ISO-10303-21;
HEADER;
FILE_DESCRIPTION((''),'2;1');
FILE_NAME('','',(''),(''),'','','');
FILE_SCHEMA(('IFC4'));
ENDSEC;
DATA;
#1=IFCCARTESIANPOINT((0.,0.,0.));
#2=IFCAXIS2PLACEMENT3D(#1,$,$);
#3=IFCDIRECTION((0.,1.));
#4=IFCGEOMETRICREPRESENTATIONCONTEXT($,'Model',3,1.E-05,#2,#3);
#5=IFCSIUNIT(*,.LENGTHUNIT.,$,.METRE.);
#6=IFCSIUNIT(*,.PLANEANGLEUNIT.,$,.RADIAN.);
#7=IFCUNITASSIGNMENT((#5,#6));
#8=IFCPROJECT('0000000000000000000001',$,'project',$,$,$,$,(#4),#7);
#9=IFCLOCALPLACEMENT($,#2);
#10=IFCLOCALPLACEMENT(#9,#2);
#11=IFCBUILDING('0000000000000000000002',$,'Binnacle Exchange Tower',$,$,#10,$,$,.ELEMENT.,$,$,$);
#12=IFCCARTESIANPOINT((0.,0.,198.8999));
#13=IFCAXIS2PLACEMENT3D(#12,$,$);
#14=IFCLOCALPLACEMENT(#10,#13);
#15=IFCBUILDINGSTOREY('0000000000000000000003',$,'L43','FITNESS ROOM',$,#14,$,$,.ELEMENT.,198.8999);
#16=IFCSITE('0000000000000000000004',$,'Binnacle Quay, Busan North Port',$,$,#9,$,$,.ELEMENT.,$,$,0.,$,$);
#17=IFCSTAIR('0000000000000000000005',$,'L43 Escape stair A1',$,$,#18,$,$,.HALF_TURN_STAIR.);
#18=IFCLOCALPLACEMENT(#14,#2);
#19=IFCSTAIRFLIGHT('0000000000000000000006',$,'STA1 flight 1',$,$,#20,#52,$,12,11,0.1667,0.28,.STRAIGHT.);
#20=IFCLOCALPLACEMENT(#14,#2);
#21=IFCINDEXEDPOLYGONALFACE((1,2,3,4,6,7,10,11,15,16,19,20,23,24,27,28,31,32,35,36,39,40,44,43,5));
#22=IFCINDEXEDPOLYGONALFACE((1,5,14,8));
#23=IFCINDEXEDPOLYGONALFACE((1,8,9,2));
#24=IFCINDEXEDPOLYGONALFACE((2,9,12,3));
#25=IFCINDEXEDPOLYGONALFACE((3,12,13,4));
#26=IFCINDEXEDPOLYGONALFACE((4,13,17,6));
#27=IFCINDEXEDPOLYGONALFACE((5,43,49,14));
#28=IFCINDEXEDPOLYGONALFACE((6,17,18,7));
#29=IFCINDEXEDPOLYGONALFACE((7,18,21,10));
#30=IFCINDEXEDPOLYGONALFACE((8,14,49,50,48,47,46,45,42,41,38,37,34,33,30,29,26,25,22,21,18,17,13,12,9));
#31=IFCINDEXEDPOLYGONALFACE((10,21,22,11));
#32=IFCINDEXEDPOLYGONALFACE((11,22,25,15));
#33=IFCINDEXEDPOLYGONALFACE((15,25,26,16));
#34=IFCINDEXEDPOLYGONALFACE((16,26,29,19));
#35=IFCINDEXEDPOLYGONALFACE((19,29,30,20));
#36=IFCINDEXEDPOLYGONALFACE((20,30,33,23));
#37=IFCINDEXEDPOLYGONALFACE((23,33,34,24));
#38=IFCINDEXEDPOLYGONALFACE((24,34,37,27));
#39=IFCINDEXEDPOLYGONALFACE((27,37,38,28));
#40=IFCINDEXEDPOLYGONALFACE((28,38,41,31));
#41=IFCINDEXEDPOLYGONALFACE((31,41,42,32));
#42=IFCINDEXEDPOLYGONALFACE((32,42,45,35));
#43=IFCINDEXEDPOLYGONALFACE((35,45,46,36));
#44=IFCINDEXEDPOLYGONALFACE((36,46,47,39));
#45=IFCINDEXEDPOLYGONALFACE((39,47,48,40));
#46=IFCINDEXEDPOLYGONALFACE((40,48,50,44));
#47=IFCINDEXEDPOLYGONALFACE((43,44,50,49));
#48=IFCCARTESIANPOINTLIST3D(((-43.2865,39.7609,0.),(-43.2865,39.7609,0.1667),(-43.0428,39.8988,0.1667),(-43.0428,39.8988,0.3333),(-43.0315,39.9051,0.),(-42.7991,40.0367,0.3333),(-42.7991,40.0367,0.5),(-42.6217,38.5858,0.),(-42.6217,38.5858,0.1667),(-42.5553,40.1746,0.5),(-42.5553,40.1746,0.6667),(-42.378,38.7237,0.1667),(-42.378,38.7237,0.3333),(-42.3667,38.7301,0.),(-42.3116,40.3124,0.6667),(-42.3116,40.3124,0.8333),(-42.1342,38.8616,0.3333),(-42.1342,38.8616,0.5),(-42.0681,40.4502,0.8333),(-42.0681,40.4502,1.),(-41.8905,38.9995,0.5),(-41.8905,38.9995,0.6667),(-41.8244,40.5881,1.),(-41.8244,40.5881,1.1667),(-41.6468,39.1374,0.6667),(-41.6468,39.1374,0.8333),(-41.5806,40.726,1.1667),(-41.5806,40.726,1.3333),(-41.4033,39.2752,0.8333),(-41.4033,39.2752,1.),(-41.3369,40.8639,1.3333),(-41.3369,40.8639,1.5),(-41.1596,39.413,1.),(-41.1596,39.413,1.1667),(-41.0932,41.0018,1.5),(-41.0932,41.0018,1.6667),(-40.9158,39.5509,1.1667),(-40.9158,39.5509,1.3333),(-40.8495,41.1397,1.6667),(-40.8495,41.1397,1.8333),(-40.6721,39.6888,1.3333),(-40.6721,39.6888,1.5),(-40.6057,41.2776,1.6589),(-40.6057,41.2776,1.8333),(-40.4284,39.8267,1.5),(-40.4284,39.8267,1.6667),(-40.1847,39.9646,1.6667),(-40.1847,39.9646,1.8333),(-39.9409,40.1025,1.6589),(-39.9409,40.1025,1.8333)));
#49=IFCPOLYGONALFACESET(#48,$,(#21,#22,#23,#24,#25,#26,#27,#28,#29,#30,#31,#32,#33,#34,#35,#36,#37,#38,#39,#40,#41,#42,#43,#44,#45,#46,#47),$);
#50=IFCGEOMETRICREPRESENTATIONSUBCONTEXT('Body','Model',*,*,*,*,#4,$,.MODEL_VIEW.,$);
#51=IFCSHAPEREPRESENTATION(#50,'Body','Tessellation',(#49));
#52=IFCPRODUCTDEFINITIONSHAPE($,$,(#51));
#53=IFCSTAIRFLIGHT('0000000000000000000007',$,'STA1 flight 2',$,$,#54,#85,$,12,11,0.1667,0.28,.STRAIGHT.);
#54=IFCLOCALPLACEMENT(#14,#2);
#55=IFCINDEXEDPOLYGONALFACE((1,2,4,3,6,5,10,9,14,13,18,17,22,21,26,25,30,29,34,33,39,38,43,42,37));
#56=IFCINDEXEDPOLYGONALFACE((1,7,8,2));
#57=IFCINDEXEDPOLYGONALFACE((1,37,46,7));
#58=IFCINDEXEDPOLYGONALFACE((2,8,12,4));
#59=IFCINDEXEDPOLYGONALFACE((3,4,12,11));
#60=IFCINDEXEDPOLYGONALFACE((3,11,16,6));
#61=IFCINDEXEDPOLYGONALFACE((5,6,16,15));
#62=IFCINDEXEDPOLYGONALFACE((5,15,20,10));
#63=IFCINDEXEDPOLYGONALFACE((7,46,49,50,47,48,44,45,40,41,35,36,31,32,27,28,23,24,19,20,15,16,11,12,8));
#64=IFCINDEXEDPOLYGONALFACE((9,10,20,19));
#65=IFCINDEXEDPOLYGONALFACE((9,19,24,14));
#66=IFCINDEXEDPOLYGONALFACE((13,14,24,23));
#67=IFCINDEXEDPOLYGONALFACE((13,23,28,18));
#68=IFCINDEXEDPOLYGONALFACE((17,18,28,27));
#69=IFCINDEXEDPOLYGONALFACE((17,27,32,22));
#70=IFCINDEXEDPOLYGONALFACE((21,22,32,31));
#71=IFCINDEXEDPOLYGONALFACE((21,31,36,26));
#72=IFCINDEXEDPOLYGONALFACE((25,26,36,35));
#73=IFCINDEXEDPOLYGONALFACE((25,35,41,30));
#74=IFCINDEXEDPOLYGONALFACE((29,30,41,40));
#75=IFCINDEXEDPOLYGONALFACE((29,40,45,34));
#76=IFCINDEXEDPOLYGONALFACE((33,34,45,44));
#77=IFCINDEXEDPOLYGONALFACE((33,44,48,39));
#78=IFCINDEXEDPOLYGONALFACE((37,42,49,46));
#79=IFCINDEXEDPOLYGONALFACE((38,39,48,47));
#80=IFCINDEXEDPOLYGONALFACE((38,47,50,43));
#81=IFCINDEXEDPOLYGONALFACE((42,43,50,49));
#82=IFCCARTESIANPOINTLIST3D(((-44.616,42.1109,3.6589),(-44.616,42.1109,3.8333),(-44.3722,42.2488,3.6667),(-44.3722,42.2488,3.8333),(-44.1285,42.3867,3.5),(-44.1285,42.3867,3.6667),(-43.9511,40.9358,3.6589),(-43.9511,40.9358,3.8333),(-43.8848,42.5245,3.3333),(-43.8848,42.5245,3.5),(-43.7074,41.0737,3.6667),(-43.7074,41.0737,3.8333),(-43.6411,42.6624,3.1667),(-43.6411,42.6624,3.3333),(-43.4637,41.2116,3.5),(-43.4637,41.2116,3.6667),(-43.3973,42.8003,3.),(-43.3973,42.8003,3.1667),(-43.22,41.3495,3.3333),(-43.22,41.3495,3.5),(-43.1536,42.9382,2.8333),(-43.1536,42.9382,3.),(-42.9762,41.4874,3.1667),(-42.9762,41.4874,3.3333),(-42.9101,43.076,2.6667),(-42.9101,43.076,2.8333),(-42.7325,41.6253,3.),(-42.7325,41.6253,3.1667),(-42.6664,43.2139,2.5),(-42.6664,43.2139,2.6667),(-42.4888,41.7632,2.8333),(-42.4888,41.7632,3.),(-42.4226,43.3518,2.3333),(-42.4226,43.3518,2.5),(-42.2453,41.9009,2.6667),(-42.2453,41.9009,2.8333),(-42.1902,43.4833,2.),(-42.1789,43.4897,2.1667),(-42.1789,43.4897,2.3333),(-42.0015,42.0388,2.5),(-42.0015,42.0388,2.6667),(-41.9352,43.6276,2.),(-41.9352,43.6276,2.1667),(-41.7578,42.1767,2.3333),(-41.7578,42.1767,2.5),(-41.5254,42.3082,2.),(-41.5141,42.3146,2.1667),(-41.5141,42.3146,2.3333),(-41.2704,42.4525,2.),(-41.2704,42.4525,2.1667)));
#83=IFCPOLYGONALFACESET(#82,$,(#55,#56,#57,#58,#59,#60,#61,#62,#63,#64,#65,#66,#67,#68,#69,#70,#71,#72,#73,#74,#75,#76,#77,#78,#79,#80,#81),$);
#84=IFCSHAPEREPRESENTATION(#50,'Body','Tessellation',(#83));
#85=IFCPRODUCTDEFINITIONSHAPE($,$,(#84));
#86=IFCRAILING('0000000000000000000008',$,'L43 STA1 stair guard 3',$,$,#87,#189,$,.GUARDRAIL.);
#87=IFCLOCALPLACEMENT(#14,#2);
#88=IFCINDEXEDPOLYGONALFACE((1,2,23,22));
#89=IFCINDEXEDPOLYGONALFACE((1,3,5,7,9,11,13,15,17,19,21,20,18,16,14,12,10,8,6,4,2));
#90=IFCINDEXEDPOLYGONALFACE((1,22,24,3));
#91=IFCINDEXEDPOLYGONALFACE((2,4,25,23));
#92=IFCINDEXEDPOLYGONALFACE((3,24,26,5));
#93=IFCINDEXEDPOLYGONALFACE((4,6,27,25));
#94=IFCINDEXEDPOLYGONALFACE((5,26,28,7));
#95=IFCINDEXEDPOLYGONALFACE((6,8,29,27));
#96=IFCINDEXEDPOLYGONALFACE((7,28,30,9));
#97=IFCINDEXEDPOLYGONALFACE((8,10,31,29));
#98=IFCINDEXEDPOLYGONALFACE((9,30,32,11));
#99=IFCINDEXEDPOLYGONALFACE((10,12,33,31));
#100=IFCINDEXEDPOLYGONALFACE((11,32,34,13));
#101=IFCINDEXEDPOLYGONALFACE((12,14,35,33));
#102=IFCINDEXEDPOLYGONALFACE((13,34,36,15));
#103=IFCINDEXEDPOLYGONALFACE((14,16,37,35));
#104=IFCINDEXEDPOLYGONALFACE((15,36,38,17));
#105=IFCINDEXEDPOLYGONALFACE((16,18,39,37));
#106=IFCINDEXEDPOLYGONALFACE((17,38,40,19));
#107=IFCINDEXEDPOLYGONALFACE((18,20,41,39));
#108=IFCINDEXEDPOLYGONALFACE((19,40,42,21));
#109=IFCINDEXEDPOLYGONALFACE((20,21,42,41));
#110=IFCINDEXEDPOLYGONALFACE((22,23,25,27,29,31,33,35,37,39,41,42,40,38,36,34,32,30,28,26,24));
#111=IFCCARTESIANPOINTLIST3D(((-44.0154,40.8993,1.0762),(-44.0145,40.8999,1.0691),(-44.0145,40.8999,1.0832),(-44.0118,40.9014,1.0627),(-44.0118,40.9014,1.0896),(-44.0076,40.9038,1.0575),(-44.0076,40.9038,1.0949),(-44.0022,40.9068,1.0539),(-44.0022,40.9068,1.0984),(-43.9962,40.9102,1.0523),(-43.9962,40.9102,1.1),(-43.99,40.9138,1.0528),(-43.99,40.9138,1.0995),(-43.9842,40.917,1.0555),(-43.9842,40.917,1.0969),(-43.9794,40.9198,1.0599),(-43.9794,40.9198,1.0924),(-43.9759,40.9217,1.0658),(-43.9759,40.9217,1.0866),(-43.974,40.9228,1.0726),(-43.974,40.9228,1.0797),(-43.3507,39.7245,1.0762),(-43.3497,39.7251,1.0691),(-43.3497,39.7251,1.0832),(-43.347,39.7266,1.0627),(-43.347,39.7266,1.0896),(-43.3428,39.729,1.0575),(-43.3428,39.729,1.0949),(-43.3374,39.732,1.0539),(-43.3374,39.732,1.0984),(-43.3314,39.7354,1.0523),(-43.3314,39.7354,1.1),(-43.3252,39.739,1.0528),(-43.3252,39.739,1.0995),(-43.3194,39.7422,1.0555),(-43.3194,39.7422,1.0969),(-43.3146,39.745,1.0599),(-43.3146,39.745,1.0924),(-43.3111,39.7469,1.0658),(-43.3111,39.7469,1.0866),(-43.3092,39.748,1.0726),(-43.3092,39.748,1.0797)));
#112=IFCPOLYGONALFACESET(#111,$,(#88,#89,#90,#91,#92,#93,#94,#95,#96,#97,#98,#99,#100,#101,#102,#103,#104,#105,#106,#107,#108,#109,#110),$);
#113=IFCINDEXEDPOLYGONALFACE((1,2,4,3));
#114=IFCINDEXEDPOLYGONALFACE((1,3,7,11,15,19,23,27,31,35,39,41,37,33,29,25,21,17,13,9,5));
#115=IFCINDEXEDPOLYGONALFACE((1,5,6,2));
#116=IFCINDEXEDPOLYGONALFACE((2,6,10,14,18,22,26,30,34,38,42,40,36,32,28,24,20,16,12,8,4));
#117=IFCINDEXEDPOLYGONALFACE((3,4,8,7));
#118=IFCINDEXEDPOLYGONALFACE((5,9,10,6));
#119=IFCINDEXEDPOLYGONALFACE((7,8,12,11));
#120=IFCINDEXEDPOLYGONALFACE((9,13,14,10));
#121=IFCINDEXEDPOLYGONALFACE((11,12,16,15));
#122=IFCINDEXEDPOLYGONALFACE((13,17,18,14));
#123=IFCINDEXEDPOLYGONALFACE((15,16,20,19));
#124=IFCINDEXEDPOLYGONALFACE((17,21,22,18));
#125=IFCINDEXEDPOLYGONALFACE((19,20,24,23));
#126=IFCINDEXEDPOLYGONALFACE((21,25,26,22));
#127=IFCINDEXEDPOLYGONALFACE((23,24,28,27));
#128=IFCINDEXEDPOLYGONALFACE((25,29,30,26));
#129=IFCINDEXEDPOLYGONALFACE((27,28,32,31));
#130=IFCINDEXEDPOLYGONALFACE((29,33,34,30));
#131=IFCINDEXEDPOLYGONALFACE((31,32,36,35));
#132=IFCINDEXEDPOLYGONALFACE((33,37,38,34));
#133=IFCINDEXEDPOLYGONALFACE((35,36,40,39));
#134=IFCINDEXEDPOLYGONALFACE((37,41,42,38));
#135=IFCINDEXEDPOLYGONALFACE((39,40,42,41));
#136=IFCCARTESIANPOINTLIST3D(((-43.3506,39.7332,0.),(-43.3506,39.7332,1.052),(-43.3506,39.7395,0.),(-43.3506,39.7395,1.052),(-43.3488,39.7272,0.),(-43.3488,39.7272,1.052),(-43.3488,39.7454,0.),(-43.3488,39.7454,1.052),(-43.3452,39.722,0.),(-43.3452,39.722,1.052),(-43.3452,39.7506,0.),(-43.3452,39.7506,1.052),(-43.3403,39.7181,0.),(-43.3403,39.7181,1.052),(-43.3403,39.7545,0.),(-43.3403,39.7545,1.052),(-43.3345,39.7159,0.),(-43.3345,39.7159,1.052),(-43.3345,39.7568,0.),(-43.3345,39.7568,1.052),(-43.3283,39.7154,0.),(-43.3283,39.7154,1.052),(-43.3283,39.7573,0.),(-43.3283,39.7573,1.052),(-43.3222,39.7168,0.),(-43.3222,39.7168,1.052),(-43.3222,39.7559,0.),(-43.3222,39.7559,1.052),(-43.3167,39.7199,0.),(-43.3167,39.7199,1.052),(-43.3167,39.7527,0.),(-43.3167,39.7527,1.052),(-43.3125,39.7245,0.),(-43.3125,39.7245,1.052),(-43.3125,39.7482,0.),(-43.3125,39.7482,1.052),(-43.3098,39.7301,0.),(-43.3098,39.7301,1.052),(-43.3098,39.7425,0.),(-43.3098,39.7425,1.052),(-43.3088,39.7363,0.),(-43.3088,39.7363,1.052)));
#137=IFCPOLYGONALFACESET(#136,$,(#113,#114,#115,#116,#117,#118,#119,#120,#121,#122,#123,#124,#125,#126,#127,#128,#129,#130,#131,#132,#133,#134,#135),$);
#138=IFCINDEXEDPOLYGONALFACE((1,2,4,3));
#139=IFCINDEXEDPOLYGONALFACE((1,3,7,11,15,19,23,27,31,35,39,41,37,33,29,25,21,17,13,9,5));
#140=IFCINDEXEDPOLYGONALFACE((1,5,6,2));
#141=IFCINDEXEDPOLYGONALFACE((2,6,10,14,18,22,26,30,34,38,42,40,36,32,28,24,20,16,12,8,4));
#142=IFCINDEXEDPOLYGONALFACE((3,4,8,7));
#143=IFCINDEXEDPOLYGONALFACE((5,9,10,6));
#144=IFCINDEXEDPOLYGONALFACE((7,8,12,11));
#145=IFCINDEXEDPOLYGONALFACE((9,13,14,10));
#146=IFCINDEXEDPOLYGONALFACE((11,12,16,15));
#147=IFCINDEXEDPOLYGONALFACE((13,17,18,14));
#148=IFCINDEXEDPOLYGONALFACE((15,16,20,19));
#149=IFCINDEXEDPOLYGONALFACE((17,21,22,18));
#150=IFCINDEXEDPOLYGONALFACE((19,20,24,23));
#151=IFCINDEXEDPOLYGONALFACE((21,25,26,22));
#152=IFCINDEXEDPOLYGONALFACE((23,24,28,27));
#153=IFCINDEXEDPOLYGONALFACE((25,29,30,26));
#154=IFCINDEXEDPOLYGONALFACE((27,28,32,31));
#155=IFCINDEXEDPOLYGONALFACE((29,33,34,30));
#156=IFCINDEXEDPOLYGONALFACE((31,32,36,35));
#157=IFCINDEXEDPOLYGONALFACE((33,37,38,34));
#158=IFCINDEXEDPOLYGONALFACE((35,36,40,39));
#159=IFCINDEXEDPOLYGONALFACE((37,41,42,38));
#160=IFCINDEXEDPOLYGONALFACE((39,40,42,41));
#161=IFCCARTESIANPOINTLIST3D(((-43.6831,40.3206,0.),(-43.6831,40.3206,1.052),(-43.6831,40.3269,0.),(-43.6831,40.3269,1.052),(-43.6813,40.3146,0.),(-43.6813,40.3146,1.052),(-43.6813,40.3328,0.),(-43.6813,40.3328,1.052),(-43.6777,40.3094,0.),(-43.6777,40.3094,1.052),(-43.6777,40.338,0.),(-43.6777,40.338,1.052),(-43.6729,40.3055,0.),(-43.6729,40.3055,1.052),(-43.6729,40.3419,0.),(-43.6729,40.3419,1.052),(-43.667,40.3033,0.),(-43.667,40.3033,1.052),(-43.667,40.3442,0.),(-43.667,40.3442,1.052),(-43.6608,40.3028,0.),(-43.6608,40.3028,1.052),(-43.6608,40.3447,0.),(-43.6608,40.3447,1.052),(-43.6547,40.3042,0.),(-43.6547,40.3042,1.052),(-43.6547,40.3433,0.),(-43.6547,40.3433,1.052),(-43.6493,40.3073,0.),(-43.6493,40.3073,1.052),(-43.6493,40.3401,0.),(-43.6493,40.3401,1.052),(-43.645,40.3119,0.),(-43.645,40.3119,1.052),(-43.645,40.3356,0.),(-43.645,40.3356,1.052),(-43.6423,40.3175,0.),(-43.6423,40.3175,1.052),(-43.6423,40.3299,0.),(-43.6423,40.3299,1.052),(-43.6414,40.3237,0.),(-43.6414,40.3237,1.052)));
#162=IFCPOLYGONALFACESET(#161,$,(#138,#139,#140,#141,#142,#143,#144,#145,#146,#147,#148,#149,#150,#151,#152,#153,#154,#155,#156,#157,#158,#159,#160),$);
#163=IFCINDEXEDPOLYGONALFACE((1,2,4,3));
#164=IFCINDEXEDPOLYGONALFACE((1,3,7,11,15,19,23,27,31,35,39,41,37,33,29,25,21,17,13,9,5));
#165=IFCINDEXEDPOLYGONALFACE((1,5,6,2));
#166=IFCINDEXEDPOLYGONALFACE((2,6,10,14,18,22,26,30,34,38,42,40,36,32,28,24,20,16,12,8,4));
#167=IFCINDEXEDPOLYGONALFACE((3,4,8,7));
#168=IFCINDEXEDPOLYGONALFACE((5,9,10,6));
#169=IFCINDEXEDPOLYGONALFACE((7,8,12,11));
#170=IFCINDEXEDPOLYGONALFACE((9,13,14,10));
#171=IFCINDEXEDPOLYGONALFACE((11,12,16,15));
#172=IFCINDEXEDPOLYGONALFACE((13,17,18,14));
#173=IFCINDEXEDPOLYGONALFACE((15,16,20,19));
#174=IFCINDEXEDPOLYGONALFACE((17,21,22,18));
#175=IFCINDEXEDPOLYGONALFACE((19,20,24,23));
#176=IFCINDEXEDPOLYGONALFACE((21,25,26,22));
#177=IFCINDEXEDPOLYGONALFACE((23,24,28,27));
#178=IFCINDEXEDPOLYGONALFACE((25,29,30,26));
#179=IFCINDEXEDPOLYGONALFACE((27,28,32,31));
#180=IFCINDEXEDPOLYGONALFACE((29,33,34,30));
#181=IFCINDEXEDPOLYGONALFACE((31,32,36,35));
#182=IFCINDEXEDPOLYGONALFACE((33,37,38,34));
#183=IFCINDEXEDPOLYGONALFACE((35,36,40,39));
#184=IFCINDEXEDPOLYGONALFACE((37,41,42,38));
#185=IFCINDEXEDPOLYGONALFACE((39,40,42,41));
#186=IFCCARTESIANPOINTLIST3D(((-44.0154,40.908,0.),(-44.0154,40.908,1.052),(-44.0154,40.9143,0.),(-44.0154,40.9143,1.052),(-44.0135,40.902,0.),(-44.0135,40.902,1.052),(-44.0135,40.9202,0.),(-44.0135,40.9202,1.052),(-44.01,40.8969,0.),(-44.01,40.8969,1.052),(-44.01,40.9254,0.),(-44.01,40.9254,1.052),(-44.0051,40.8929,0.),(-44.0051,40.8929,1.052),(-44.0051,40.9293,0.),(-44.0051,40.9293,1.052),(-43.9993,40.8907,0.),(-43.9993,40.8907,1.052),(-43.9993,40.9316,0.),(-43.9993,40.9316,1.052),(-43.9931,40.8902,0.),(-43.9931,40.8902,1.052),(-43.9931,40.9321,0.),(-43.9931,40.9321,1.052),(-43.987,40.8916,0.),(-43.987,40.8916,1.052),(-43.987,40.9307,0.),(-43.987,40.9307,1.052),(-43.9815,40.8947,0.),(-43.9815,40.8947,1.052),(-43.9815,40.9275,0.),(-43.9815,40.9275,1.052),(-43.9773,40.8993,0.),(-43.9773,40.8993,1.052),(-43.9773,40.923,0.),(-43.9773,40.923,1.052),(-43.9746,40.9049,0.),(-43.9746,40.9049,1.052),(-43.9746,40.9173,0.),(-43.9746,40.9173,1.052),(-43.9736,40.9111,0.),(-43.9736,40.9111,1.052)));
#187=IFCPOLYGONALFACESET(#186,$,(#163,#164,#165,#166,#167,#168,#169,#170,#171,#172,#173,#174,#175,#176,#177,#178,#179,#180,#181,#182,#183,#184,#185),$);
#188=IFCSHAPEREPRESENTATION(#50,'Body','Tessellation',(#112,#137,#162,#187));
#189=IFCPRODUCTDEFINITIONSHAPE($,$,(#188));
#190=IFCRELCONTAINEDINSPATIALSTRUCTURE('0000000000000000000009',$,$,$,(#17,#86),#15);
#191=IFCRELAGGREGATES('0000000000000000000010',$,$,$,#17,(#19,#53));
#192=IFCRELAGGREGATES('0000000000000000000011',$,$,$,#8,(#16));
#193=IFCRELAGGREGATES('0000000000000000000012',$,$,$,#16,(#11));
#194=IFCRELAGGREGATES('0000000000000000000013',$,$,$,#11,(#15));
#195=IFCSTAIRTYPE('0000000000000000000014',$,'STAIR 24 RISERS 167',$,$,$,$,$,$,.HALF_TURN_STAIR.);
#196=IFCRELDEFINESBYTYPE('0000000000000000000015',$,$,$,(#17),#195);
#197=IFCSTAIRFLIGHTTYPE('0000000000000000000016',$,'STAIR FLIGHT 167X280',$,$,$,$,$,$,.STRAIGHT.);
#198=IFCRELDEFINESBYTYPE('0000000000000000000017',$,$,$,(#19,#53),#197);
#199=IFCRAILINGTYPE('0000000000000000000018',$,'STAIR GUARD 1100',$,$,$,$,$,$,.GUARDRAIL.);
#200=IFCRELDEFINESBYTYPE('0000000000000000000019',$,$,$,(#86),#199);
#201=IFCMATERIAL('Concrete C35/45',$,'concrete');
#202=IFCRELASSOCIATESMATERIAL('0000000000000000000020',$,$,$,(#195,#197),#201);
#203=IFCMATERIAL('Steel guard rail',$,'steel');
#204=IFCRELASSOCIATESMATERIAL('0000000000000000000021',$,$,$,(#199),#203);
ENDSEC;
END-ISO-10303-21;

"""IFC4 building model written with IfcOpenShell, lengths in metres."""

from ifc_helpers import new_model, si_unit, direction, frame, origin, origin_2d, place, context, subcontext, project, spatial, polyline, circle, outline, extrude, material, type_object, element, aggregate, save


model = new_model("IFC4")

# Units and contexts
model_context = context("Model", 3, precision=1e-05, world=origin(), true_north=direction((0.0, 1.0)))
body_context = subcontext(model_context, "Body", "Model", "MODEL_VIEW")
ifc_project = project(units=[si_unit("LENGTHUNIT", "METRE"), si_unit("PLANEANGLEUNIT", "RADIAN")], contexts=[model_context])

# Site, building, storey
site_placement = place(None, origin())
site = spatial("IfcSite", under=ifc_project, at=site_placement, Name="Binnacle Quay, Busan North Port", CompositionType="ELEMENT", RefElevation=0.0)
building_placement = place(site_placement, origin())
building = spatial("IfcBuilding", under=site, at=building_placement, Name="Binnacle Exchange Tower", CompositionType="ELEMENT")
storey_placement = place(building_placement, frame((0.0, 0.0, 198.8999)))
storey = spatial("IfcBuildingStorey", under=building, at=storey_placement, Name="L43", Description="FITNESS ROOM", CompositionType="ELEMENT", Elevation=198.8999)

# Stair, stair flights
ifc_material_1 = material(Name="Concrete C35/45", Category="concrete")
stair_type = type_object("IfcStairType", Name="STAIR 24 RISERS 167", PredefinedType="HALF_TURN_STAIR", material=ifc_material_1)
stair_placement = place(storey_placement, origin())
stair = element("IfcStair", 1, at=stair_placement, inside=storey, type_object=stair_type, Name="L43 Escape stair A1", PredefinedType="HALF_TURN_STAIR")
stair_flight_type = type_object("IfcStairFlightType", Name="STAIR FLIGHT 167X280", PredefinedType="STRAIGHT", material=ifc_material_1)
stair_flight_1_placement = place(storey_placement, frame((-42.9541, 39.1733, 0.0), z_axis=(0.0, 0.0, 1.0), x_axis=(0.870356, 0.492424, 0.0)))
stair_flight_1 = element("IfcStairFlight", 2, at=stair_flight_1_placement, type_object=stair_flight_type, Name="STA1 flight 1", NumberOfRisers=12, NumberOfTreads=11, PredefinedType="STRAIGHT", RiserHeight=0.1667, TreadLength=0.28, context=body_context, shape_type="SweptSolid", body=[
    extrude(outline(polyline([(0.0, 0.0), (0.0, 0.1667), (0.28, 0.1667), (0.28, 0.3333), (0.5601, 0.3333), (0.5601, 0.5), (0.8401, 0.5), (0.8401, 0.6667), (1.1201, 0.6667), (1.1201, 0.8333), (1.3999, 0.8333), (1.3999, 1.0), (1.6799, 1.0), (1.6799, 1.1667), (1.96, 1.1667), (1.96, 1.3333), (2.24, 1.3333), (2.24, 1.5), (2.52, 1.5), (2.52, 1.6667), (2.8, 1.6667), (2.8, 1.8333), (3.0801, 1.8333), (3.0801, 2.0), (3.0801, 1.6589), (0.293, 0.0), (0.0, 0.0)])), frame((0.0, 0.675, 0.0), z_axis=(0.0, -1.0, 0.0), x_axis=(1.0, 0.0, 0.0)), (0.0, 0.0, 1.0), 1.3501),
])
stair_flight_2_placement = place(storey_placement, frame((-41.6028, 43.04, 2.0), z_axis=(0.0, 0.0, 1.0), x_axis=(-0.870356, -0.492424, 0.0)))
stair_flight_2 = element("IfcStairFlight", 3, at=stair_flight_2_placement, type_object=stair_flight_type, Name="STA1 flight 2", NumberOfRisers=12, NumberOfTreads=11, PredefinedType="STRAIGHT", RiserHeight=0.1667, TreadLength=0.28, context=body_context, shape_type="SweptSolid", body=[
    extrude(outline(polyline([(0.0, 0.0), (0.0, 0.1667), (0.28, 0.1667), (0.28, 0.3333), (0.5601, 0.3333), (0.5601, 0.5), (0.8401, 0.5), (0.8401, 0.6667), (1.1201, 0.6667), (1.1201, 0.8333), (1.3999, 0.8333), (1.3999, 1.0), (1.6799, 1.0), (1.6799, 1.1667), (1.96, 1.1667), (1.96, 1.3333), (2.24, 1.3333), (2.24, 1.5), (2.52, 1.5), (2.52, 1.6667), (2.8, 1.6667), (2.8, 1.8333), (3.0801, 1.8333), (3.0801, 2.0), (3.0801, 1.6589), (0.293, 0.0), (0.0, 0.0)])), frame((0.0, 0.675, 0.0), z_axis=(0.0, -1.0, 0.0), x_axis=(1.0, 0.0, 0.0)), (0.0, 0.0, 1.0), 1.3501),
])
aggregate(stair, [stair_flight_1, stair_flight_2])

# Railing
ifc_material_2 = material(Name="Steel guard rail", Category="steel")
railing_type_1 = type_object("IfcRailingType", Name="STAIR GUARD 1100", PredefinedType="GUARDRAIL", material=ifc_material_2)
railing_1_placement = place(storey_placement, frame((-43.3298, 39.7363, 0.0)))
element("IfcRailing", 4, at=railing_1_placement, inside=storey, type_object=railing_type_1, Name="L43 STA1 stair guard 3", PredefinedType="GUARDRAIL", context=body_context, shape_type="SweptSolid", body=[
    extrude(circle(Radius=0.0239, at=origin_2d()), frame((0.0, 0.0, 1.0762), z_axis=(-0.492492, 0.870317, 0.0), x_axis=(-0.870317, -0.492492, 0.0)), (0.0, 0.0, 1.0), 1.3499),
    extrude(circle(Radius=0.021, at=origin_2d()), origin(), (0.0, 0.0, 1.0), 1.052),
    extrude(circle(Radius=0.021, at=origin_2d()), frame((-0.3325, 0.5874, 0.0)), (0.0, 0.0, 1.0), 1.052),
    extrude(circle(Radius=0.021, at=origin_2d()), frame((-0.6648, 1.1748, 0.0)), (0.0, 0.0, 1.0), 1.052),
])

save(model, "model.ifc")
